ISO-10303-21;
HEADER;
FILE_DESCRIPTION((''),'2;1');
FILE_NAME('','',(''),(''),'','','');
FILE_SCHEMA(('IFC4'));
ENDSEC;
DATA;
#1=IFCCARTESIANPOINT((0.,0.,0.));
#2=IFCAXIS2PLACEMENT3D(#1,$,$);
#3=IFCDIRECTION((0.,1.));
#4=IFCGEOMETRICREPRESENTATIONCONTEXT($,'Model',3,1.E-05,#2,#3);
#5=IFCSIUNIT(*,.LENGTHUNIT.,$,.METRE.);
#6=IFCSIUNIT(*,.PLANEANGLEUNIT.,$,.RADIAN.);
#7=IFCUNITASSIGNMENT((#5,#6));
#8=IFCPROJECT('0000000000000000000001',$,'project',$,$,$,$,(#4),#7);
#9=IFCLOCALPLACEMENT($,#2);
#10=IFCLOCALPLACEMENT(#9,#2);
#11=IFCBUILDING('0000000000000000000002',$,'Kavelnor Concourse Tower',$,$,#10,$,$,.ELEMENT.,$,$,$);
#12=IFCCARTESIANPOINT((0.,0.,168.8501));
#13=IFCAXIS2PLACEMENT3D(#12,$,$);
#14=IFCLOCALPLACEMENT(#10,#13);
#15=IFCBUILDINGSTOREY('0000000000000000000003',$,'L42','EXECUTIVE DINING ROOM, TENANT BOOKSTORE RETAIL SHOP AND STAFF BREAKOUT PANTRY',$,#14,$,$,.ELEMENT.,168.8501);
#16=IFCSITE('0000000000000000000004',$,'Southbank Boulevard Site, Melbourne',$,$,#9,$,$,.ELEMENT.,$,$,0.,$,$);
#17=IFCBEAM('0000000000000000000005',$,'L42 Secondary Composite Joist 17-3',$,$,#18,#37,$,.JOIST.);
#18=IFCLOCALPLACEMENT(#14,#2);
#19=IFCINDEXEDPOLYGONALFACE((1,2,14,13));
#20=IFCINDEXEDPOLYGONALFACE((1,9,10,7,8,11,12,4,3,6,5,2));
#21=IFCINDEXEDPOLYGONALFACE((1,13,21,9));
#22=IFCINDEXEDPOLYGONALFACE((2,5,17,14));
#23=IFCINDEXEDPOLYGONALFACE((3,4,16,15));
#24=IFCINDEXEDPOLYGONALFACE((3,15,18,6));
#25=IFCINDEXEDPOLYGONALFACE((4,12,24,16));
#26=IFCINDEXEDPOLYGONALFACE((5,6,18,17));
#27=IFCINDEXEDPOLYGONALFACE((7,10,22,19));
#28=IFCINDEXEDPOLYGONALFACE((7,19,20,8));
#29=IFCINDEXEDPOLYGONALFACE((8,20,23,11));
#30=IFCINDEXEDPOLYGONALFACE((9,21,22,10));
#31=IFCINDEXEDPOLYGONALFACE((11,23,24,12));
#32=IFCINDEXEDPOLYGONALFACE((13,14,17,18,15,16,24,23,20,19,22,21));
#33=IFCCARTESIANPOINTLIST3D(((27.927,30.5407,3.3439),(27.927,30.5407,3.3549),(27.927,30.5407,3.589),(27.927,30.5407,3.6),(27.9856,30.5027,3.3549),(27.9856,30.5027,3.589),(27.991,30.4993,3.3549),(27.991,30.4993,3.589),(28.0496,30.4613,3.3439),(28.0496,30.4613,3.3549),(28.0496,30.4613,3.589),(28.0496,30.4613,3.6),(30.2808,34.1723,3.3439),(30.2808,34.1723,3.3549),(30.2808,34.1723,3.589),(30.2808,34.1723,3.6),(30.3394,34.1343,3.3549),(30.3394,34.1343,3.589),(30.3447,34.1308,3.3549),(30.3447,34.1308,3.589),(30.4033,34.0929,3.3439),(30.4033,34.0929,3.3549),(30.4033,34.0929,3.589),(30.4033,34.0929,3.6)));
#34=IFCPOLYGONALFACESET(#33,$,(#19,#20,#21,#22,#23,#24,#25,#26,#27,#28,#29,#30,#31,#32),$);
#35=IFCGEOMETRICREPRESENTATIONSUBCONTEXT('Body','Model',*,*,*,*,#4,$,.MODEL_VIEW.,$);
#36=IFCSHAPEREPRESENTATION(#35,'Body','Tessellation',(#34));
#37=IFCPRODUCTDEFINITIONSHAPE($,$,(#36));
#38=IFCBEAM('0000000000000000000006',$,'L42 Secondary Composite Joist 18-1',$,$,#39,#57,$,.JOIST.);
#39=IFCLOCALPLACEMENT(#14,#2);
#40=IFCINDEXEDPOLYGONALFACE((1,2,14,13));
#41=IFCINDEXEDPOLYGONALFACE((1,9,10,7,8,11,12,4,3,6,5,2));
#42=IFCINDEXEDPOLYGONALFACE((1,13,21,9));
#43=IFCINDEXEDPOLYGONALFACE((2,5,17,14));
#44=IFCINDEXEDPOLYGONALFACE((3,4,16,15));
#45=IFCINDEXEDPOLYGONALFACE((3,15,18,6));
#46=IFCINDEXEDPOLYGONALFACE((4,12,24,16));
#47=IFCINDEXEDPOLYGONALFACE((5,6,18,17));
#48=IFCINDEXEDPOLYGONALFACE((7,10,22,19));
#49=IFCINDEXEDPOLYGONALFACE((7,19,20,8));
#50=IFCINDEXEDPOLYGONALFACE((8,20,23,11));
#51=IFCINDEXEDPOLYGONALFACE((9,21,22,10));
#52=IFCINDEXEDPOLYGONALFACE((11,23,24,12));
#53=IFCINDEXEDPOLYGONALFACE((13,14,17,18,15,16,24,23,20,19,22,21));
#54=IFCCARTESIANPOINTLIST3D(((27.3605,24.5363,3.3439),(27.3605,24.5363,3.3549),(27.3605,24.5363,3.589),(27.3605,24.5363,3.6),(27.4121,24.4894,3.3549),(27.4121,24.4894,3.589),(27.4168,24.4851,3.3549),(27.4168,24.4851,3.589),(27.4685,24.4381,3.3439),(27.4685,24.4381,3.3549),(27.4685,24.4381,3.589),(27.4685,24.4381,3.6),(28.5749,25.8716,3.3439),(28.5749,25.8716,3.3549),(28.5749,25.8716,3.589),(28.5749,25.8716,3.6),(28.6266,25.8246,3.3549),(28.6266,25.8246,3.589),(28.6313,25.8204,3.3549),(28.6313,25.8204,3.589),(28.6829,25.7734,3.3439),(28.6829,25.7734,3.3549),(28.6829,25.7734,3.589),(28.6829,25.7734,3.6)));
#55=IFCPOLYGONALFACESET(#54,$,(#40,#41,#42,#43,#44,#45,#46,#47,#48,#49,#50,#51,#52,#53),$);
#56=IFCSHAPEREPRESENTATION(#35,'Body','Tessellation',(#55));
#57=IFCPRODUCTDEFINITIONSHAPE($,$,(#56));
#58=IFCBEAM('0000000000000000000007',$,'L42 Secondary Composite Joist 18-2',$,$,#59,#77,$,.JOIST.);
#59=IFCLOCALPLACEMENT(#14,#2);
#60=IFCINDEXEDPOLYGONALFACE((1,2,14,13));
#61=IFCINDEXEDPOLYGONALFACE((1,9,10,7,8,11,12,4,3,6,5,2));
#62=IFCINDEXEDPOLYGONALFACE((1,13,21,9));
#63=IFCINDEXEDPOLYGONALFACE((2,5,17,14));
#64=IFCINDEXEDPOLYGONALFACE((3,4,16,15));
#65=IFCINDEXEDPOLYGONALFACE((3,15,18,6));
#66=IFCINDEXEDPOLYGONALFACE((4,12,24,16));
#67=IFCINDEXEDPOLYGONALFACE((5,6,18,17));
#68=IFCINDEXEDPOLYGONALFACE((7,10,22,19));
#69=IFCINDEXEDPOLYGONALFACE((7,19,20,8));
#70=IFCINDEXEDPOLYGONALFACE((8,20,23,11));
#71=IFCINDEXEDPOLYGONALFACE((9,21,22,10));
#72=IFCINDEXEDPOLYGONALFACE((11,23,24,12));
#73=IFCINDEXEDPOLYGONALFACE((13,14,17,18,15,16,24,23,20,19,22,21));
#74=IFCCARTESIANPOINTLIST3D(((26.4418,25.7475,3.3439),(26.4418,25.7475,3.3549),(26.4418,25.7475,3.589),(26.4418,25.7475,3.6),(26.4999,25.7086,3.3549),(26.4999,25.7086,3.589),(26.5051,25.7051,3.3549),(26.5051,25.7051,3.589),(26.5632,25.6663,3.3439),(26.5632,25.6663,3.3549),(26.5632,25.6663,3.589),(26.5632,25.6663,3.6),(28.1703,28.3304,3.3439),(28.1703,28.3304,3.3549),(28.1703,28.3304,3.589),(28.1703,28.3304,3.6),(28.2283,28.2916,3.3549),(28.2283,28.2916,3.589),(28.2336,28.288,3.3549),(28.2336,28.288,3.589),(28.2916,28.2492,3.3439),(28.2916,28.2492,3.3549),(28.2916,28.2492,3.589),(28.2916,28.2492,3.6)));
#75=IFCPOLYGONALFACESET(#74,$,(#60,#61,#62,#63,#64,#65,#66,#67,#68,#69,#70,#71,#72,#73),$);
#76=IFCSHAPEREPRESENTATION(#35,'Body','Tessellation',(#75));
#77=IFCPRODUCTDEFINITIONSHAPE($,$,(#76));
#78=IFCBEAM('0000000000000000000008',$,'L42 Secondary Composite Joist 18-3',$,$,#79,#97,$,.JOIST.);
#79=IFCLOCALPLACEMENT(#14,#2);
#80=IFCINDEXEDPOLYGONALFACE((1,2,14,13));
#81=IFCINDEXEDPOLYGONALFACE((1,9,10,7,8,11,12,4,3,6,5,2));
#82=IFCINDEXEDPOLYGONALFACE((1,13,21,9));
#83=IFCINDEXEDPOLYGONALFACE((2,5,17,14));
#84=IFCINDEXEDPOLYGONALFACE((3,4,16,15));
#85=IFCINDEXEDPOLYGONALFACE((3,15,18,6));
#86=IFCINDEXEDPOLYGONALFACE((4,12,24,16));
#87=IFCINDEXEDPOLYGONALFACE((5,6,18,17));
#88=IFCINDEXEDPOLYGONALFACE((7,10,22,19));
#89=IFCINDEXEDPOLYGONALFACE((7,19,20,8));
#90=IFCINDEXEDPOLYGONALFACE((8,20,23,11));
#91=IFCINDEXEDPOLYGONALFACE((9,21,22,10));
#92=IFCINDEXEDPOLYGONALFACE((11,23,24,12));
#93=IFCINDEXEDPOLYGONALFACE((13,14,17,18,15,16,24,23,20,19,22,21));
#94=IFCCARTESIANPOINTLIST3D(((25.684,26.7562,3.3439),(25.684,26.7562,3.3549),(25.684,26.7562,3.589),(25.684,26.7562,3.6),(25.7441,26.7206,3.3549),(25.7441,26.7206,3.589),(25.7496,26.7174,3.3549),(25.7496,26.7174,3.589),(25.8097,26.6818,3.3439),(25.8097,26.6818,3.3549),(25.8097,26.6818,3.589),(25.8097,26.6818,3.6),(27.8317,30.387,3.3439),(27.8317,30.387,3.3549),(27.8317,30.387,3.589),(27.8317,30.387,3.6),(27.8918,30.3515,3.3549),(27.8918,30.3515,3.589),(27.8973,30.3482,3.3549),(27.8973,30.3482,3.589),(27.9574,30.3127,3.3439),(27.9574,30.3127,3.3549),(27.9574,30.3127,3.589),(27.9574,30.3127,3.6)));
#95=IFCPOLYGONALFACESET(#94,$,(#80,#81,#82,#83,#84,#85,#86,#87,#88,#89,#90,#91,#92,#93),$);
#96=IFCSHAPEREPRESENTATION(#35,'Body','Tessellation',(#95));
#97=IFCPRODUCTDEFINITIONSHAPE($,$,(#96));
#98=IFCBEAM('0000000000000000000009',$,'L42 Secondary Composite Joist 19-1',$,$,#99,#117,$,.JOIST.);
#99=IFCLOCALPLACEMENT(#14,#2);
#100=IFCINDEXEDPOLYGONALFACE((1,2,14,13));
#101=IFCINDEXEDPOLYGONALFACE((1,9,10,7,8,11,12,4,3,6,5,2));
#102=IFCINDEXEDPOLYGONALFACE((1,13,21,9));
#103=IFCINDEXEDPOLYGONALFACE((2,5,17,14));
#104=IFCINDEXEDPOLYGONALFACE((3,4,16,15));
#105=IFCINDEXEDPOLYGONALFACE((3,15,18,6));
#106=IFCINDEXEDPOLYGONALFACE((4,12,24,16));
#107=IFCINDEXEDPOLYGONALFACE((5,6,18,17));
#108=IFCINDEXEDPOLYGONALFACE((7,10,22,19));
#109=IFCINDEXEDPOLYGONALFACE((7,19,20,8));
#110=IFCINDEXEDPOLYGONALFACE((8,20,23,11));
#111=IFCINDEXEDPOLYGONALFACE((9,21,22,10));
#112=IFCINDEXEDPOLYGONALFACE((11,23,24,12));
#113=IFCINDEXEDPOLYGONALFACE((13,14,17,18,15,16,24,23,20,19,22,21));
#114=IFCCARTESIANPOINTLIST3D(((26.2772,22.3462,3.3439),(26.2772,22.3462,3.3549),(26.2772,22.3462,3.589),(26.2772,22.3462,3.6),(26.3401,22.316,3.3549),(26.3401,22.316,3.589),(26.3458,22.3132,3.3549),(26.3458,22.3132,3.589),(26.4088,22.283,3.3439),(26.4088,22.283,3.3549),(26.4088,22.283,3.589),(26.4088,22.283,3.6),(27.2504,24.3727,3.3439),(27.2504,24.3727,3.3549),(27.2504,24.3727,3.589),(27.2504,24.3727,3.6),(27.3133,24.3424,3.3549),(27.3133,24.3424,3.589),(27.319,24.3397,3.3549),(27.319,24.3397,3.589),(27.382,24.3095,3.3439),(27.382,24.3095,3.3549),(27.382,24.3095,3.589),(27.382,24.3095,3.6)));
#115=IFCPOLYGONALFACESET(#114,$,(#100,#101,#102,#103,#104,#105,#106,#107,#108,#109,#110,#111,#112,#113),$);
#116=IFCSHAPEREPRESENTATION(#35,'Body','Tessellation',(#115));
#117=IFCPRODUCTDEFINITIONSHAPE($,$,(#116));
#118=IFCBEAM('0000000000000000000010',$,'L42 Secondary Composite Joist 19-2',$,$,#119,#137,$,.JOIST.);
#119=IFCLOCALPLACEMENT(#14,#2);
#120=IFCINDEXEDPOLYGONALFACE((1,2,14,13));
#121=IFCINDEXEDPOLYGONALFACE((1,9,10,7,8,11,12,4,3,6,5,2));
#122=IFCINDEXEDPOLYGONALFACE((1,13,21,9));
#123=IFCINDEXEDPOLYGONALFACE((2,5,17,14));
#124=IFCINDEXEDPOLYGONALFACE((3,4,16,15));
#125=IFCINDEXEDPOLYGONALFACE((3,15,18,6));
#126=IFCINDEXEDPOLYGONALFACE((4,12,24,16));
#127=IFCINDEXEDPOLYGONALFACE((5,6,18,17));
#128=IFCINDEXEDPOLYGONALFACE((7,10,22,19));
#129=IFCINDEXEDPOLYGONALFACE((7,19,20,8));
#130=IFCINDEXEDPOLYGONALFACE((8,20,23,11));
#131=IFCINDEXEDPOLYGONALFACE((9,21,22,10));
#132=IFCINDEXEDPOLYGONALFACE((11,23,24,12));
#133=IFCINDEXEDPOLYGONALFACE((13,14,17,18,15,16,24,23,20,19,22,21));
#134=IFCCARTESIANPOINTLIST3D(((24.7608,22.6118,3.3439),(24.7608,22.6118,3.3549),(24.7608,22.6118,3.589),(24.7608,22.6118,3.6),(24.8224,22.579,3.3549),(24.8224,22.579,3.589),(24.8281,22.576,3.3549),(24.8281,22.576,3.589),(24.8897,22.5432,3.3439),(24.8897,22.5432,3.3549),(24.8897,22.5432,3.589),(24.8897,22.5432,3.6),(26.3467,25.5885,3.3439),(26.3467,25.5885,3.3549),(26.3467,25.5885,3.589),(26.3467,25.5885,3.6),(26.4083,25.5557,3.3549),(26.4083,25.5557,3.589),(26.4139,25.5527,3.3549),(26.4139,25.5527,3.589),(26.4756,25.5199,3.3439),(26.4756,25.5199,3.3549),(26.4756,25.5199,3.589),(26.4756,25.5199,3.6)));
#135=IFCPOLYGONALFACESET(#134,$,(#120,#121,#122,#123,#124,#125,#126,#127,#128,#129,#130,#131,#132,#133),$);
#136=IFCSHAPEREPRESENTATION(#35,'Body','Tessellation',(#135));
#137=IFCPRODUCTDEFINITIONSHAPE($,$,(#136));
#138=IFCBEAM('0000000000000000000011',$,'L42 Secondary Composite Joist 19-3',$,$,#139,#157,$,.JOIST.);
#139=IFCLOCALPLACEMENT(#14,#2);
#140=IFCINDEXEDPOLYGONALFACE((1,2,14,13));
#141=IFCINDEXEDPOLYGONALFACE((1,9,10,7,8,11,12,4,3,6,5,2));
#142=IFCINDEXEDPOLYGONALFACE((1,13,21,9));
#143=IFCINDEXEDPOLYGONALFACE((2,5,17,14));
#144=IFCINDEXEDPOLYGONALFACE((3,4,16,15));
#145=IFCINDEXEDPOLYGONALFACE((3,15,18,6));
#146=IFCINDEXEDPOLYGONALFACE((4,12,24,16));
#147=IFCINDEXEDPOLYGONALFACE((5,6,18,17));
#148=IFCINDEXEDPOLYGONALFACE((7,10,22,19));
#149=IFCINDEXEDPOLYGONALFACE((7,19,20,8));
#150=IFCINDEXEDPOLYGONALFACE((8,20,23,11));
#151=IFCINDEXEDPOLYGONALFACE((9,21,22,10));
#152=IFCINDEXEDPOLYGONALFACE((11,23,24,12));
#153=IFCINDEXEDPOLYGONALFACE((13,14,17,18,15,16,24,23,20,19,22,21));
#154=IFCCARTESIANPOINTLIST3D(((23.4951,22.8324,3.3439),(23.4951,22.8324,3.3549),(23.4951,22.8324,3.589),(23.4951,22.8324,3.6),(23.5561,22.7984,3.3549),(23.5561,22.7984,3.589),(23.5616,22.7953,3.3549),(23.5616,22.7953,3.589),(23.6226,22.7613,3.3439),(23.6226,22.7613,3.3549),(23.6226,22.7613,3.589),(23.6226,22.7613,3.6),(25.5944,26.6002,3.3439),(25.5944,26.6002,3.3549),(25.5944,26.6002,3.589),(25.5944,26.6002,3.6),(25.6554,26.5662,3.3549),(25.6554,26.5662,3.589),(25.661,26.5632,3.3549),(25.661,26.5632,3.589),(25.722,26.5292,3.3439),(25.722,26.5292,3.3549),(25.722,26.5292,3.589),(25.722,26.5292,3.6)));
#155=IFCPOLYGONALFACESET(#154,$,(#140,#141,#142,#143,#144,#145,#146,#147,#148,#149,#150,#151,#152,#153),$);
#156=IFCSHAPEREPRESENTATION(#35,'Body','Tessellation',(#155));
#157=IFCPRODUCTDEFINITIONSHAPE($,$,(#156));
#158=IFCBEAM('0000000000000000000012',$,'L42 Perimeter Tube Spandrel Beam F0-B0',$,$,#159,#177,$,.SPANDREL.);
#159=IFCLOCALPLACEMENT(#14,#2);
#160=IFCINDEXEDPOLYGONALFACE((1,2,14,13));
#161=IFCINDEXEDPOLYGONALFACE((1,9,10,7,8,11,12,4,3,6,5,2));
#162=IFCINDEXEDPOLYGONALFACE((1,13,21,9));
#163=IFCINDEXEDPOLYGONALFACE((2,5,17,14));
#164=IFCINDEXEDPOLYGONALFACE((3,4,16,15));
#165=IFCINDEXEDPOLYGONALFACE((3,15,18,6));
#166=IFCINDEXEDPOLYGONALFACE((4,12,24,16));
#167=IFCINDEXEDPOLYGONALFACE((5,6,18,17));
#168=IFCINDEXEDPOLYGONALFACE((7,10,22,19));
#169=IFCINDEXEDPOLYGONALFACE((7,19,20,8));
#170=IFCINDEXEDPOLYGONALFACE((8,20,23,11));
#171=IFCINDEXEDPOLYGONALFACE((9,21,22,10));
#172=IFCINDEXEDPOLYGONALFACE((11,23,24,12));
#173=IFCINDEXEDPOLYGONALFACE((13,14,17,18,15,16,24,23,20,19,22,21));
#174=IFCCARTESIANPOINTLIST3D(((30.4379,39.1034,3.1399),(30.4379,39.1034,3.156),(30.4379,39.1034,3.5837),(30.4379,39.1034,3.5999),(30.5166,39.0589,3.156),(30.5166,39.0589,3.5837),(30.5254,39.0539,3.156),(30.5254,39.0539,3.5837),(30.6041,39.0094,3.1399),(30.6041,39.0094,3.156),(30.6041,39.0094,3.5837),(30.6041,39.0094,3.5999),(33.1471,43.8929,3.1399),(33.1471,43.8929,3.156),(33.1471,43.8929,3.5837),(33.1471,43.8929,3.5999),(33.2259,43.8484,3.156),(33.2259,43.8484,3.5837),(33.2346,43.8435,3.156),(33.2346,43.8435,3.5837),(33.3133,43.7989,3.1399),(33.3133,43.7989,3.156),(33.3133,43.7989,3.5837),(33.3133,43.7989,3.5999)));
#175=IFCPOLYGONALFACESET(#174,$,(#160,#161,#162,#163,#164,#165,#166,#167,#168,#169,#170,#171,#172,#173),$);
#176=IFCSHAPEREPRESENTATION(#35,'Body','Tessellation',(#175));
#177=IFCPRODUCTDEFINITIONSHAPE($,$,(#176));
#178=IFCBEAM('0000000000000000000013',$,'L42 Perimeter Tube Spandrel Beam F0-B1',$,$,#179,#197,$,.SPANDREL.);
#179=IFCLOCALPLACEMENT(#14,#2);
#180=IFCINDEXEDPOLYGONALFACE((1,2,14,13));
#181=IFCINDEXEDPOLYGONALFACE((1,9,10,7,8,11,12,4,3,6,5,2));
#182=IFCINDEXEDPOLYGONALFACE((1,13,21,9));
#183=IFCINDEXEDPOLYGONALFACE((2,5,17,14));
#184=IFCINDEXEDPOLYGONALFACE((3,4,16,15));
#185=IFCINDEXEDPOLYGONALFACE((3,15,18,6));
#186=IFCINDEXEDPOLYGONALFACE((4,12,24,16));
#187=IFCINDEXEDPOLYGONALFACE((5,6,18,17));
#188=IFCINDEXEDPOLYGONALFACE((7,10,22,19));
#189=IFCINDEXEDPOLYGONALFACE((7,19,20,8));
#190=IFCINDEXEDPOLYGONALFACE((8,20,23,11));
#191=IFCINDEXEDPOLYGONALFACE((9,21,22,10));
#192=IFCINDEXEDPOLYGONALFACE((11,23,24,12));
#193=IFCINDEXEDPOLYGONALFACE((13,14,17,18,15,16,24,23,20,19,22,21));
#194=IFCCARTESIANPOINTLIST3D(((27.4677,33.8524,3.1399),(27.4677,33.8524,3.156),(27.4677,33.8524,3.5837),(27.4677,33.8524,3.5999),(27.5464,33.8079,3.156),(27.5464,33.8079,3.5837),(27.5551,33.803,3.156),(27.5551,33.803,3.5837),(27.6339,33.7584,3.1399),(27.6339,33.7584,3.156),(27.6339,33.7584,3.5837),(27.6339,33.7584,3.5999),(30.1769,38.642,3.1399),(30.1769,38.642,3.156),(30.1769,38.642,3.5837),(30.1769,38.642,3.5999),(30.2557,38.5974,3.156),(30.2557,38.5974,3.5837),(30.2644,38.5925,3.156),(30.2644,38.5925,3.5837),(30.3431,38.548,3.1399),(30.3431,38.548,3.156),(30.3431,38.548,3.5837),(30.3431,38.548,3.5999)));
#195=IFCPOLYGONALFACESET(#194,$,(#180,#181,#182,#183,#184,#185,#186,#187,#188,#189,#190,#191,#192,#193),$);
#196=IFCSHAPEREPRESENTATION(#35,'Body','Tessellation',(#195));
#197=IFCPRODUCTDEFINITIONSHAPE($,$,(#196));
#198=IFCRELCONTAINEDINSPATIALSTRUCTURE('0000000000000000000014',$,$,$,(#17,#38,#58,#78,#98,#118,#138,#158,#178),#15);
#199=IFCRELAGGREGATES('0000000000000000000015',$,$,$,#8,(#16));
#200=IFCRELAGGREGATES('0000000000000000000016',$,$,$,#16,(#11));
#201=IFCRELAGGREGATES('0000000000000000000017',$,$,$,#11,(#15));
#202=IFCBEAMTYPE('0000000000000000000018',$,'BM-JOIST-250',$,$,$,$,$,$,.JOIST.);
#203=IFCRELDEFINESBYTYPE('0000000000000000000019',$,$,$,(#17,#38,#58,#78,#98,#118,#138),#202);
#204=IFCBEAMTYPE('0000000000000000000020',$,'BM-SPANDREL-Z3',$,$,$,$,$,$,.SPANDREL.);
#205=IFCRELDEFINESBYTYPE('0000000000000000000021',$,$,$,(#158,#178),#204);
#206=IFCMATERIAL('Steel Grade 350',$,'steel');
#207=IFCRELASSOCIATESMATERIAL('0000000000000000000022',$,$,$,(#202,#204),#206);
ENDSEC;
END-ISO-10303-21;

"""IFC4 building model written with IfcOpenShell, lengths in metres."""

from ifc_helpers import new_model, si_unit, direction, frame, origin, origin_2d, place, context, subcontext, project, spatial, i_section, extrude, material, material_profile, profile_set, type_object, element, save


model = new_model("IFC4")

# Units and contexts
model_context = context("Model", 3, precision=1e-05, world=origin(), true_north=direction((0.0, 1.0)))
body_context = subcontext(model_context, "Body", "Model", "MODEL_VIEW")
ifc_project = project(units=[si_unit("LENGTHUNIT", "METRE"), si_unit("PLANEANGLEUNIT", "RADIAN")], contexts=[model_context])

# Site, building, storey
site_placement = place(None, origin())
site = spatial("IfcSite", under=ifc_project, at=site_placement, Name="Southbank Boulevard Site, Melbourne", CompositionType="ELEMENT", RefElevation=0.0)
building_placement = place(site_placement, origin())
building = spatial("IfcBuilding", under=site, at=building_placement, Name="Kavelnor Concourse Tower", CompositionType="ELEMENT")
storey_placement = place(building_placement, frame((0.0, 0.0, 168.8501)))
storey = spatial("IfcBuildingStorey", under=building, at=storey_placement, Name="L42", Description="EXECUTIVE DINING ROOM, TENANT BOOKSTORE RETAIL SHOP AND STAFF BREAKOUT PANTRY", CompositionType="ELEMENT", Elevation=168.8501)

# Shared definitions
ifc_material_1 = material(Name="Steel Grade 350", Category="steel")

# Beams
ifc_material_profile_1 = material_profile(ifc_material_1, i_section(OverallWidth=0.146, OverallDepth=0.2561, WebThickness=0.0063, FlangeThickness=0.011, at=origin_2d()), Name="250UB37")
ifc_profile_set_1 = profile_set([ifc_material_profile_1], Name="Steel Grade 350")
beam_type_1 = type_object("IfcBeamType", Name="BM-JOIST-250", PredefinedType="JOIST", material=ifc_profile_set_1)
beam_1_placement = place(storey_placement, frame((30.342, 34.1326, 3.4719), z_axis=(-0.543887, -0.839158, 0.0), x_axis=(0.839158, -0.543887, 0.0)))
element("IfcBeam", 1, at=beam_1_placement, inside=storey, type_object=beam_type_1, Name="L42 Secondary Composite Joist 17-3", PredefinedType="JOIST", context=body_context, shape_type="SweptSolid", body=[
    extrude(i_section(OverallWidth=0.146, OverallDepth=0.2561, WebThickness=0.0063, FlangeThickness=0.011, at=origin_2d()), origin(), (0.0, 0.0, 1.0), 4.3276),
])
beam_2_placement = place(storey_placement, frame((28.6289, 25.8225, 3.4719), z_axis=(-0.672834, -0.739793, 0.0), x_axis=(0.739793, -0.672834, 0.0)))
element("IfcBeam", 2, at=beam_2_placement, inside=storey, type_object=beam_type_1, Name="L42 Secondary Composite Joist 18-1", PredefinedType="JOIST", context=body_context, shape_type="SweptSolid", body=[
    extrude(i_section(OverallWidth=0.146, OverallDepth=0.2561, WebThickness=0.0063, FlangeThickness=0.011, at=origin_2d()), origin(), (0.0, 0.0, 1.0), 1.8049),
])
beam_3_placement = place(storey_placement, frame((28.231, 28.2898, 3.4719), z_axis=(-0.55615, -0.831082, 0.0), x_axis=(0.831082, -0.55615, 0.0)))
element("IfcBeam", 3, at=beam_3_placement, inside=storey, type_object=beam_type_1, Name="L42 Secondary Composite Joist 18-2", PredefinedType="JOIST", context=body_context, shape_type="SweptSolid", body=[
    extrude(i_section(OverallWidth=0.146, OverallDepth=0.2561, WebThickness=0.0063, FlangeThickness=0.011, at=origin_2d()), origin(), (0.0, 0.0, 1.0), 3.1079),
])
beam_4_placement = place(storey_placement, frame((27.8945, 30.3499, 3.4719), z_axis=(-0.509115, -0.860698, 0.0), x_axis=(0.860698, -0.509115, 0.0)))
element("IfcBeam", 4, at=beam_4_placement, inside=storey, type_object=beam_type_1, Name="L42 Secondary Composite Joist 18-3", PredefinedType="JOIST", context=body_context, shape_type="SweptSolid", body=[
    extrude(i_section(OverallWidth=0.146, OverallDepth=0.2561, WebThickness=0.0063, FlangeThickness=0.011, at=origin_2d()), origin(), (0.0, 0.0, 1.0), 4.2185),
])
beam_5_placement = place(storey_placement, frame((27.3162, 24.3411, 3.4719), z_axis=(-0.432908, -0.901438, 0.0), x_axis=(0.901438, -0.432908, 0.0)))
element("IfcBeam", 5, at=beam_5_placement, inside=storey, type_object=beam_type_1, Name="L42 Secondary Composite Joist 19-1", PredefinedType="JOIST", context=body_context, shape_type="SweptSolid", body=[
    extrude(i_section(OverallWidth=0.146, OverallDepth=0.2561, WebThickness=0.0063, FlangeThickness=0.011, at=origin_2d()), origin(), (0.0, 0.0, 1.0), 2.248),
])
beam_6_placement = place(storey_placement, frame((26.4111, 25.5542, 3.4719), z_axis=(-0.470197, -0.882561, 0.0), x_axis=(0.882561, -0.470197, 0.0)))
element("IfcBeam", 6, at=beam_6_placement, inside=storey, type_object=beam_type_1, Name="L42 Secondary Composite Joist 19-2", PredefinedType="JOIST", context=body_context, shape_type="SweptSolid", body=[
    extrude(i_section(OverallWidth=0.146, OverallDepth=0.2561, WebThickness=0.0063, FlangeThickness=0.011, at=origin_2d()), origin(), (0.0, 0.0, 1.0), 3.3728),
])
beam_7_placement = place(storey_placement, frame((25.6582, 26.5647, 3.4719), z_axis=(-0.486729, -0.873553, 0.0), x_axis=(0.873553, -0.486729, 0.0)))
element("IfcBeam", 7, at=beam_7_placement, inside=storey, type_object=beam_type_1, Name="L42 Secondary Composite Joist 19-3", PredefinedType="JOIST", context=body_context, shape_type="SweptSolid", body=[
    extrude(i_section(OverallWidth=0.146, OverallDepth=0.2561, WebThickness=0.0063, FlangeThickness=0.011, at=origin_2d()), origin(), (0.0, 0.0, 1.0), 4.3132),
])
ifc_material_profile_2 = material_profile(ifc_material_1, i_section(OverallWidth=0.1909, OverallDepth=0.46, WebThickness=0.01, FlangeThickness=0.0161, at=origin_2d()), Name="460UB82")
ifc_profile_set_2 = profile_set([ifc_material_profile_2], Name="Steel Grade 350")
beam_type_2 = type_object("IfcBeamType", Name="BM-SPANDREL-Z3", PredefinedType="SPANDREL", material=ifc_profile_set_2)
for number, where, z_axis, x_axis, name in (
    (8, (33.2302, 43.8459, 3.3699), (-0.492345, -0.8704, 0.0), (0.8704, -0.492345, 0.0), "L42 Perimeter Tube Spandrel Beam F0-B0"),
    (9, (30.26, 38.595, 3.3699), (-0.492345, -0.8704, 0.0), (0.8704, -0.492345, 0.0), "L42 Perimeter Tube Spandrel Beam F0-B1"),
):
    element("IfcBeam", number, at=place(storey_placement, frame(where, z_axis=z_axis, x_axis=x_axis)), inside=storey, type_object=beam_type_2, Name=name, PredefinedType="SPANDREL", context=body_context, shape_type="SweptSolid", body=[
        extrude(i_section(OverallWidth=0.1909, OverallDepth=0.46, WebThickness=0.01, FlangeThickness=0.0161, at=origin_2d()), origin(), (0.0, 0.0, 1.0), 5.5027),
    ])

save(model, "model.ifc")
